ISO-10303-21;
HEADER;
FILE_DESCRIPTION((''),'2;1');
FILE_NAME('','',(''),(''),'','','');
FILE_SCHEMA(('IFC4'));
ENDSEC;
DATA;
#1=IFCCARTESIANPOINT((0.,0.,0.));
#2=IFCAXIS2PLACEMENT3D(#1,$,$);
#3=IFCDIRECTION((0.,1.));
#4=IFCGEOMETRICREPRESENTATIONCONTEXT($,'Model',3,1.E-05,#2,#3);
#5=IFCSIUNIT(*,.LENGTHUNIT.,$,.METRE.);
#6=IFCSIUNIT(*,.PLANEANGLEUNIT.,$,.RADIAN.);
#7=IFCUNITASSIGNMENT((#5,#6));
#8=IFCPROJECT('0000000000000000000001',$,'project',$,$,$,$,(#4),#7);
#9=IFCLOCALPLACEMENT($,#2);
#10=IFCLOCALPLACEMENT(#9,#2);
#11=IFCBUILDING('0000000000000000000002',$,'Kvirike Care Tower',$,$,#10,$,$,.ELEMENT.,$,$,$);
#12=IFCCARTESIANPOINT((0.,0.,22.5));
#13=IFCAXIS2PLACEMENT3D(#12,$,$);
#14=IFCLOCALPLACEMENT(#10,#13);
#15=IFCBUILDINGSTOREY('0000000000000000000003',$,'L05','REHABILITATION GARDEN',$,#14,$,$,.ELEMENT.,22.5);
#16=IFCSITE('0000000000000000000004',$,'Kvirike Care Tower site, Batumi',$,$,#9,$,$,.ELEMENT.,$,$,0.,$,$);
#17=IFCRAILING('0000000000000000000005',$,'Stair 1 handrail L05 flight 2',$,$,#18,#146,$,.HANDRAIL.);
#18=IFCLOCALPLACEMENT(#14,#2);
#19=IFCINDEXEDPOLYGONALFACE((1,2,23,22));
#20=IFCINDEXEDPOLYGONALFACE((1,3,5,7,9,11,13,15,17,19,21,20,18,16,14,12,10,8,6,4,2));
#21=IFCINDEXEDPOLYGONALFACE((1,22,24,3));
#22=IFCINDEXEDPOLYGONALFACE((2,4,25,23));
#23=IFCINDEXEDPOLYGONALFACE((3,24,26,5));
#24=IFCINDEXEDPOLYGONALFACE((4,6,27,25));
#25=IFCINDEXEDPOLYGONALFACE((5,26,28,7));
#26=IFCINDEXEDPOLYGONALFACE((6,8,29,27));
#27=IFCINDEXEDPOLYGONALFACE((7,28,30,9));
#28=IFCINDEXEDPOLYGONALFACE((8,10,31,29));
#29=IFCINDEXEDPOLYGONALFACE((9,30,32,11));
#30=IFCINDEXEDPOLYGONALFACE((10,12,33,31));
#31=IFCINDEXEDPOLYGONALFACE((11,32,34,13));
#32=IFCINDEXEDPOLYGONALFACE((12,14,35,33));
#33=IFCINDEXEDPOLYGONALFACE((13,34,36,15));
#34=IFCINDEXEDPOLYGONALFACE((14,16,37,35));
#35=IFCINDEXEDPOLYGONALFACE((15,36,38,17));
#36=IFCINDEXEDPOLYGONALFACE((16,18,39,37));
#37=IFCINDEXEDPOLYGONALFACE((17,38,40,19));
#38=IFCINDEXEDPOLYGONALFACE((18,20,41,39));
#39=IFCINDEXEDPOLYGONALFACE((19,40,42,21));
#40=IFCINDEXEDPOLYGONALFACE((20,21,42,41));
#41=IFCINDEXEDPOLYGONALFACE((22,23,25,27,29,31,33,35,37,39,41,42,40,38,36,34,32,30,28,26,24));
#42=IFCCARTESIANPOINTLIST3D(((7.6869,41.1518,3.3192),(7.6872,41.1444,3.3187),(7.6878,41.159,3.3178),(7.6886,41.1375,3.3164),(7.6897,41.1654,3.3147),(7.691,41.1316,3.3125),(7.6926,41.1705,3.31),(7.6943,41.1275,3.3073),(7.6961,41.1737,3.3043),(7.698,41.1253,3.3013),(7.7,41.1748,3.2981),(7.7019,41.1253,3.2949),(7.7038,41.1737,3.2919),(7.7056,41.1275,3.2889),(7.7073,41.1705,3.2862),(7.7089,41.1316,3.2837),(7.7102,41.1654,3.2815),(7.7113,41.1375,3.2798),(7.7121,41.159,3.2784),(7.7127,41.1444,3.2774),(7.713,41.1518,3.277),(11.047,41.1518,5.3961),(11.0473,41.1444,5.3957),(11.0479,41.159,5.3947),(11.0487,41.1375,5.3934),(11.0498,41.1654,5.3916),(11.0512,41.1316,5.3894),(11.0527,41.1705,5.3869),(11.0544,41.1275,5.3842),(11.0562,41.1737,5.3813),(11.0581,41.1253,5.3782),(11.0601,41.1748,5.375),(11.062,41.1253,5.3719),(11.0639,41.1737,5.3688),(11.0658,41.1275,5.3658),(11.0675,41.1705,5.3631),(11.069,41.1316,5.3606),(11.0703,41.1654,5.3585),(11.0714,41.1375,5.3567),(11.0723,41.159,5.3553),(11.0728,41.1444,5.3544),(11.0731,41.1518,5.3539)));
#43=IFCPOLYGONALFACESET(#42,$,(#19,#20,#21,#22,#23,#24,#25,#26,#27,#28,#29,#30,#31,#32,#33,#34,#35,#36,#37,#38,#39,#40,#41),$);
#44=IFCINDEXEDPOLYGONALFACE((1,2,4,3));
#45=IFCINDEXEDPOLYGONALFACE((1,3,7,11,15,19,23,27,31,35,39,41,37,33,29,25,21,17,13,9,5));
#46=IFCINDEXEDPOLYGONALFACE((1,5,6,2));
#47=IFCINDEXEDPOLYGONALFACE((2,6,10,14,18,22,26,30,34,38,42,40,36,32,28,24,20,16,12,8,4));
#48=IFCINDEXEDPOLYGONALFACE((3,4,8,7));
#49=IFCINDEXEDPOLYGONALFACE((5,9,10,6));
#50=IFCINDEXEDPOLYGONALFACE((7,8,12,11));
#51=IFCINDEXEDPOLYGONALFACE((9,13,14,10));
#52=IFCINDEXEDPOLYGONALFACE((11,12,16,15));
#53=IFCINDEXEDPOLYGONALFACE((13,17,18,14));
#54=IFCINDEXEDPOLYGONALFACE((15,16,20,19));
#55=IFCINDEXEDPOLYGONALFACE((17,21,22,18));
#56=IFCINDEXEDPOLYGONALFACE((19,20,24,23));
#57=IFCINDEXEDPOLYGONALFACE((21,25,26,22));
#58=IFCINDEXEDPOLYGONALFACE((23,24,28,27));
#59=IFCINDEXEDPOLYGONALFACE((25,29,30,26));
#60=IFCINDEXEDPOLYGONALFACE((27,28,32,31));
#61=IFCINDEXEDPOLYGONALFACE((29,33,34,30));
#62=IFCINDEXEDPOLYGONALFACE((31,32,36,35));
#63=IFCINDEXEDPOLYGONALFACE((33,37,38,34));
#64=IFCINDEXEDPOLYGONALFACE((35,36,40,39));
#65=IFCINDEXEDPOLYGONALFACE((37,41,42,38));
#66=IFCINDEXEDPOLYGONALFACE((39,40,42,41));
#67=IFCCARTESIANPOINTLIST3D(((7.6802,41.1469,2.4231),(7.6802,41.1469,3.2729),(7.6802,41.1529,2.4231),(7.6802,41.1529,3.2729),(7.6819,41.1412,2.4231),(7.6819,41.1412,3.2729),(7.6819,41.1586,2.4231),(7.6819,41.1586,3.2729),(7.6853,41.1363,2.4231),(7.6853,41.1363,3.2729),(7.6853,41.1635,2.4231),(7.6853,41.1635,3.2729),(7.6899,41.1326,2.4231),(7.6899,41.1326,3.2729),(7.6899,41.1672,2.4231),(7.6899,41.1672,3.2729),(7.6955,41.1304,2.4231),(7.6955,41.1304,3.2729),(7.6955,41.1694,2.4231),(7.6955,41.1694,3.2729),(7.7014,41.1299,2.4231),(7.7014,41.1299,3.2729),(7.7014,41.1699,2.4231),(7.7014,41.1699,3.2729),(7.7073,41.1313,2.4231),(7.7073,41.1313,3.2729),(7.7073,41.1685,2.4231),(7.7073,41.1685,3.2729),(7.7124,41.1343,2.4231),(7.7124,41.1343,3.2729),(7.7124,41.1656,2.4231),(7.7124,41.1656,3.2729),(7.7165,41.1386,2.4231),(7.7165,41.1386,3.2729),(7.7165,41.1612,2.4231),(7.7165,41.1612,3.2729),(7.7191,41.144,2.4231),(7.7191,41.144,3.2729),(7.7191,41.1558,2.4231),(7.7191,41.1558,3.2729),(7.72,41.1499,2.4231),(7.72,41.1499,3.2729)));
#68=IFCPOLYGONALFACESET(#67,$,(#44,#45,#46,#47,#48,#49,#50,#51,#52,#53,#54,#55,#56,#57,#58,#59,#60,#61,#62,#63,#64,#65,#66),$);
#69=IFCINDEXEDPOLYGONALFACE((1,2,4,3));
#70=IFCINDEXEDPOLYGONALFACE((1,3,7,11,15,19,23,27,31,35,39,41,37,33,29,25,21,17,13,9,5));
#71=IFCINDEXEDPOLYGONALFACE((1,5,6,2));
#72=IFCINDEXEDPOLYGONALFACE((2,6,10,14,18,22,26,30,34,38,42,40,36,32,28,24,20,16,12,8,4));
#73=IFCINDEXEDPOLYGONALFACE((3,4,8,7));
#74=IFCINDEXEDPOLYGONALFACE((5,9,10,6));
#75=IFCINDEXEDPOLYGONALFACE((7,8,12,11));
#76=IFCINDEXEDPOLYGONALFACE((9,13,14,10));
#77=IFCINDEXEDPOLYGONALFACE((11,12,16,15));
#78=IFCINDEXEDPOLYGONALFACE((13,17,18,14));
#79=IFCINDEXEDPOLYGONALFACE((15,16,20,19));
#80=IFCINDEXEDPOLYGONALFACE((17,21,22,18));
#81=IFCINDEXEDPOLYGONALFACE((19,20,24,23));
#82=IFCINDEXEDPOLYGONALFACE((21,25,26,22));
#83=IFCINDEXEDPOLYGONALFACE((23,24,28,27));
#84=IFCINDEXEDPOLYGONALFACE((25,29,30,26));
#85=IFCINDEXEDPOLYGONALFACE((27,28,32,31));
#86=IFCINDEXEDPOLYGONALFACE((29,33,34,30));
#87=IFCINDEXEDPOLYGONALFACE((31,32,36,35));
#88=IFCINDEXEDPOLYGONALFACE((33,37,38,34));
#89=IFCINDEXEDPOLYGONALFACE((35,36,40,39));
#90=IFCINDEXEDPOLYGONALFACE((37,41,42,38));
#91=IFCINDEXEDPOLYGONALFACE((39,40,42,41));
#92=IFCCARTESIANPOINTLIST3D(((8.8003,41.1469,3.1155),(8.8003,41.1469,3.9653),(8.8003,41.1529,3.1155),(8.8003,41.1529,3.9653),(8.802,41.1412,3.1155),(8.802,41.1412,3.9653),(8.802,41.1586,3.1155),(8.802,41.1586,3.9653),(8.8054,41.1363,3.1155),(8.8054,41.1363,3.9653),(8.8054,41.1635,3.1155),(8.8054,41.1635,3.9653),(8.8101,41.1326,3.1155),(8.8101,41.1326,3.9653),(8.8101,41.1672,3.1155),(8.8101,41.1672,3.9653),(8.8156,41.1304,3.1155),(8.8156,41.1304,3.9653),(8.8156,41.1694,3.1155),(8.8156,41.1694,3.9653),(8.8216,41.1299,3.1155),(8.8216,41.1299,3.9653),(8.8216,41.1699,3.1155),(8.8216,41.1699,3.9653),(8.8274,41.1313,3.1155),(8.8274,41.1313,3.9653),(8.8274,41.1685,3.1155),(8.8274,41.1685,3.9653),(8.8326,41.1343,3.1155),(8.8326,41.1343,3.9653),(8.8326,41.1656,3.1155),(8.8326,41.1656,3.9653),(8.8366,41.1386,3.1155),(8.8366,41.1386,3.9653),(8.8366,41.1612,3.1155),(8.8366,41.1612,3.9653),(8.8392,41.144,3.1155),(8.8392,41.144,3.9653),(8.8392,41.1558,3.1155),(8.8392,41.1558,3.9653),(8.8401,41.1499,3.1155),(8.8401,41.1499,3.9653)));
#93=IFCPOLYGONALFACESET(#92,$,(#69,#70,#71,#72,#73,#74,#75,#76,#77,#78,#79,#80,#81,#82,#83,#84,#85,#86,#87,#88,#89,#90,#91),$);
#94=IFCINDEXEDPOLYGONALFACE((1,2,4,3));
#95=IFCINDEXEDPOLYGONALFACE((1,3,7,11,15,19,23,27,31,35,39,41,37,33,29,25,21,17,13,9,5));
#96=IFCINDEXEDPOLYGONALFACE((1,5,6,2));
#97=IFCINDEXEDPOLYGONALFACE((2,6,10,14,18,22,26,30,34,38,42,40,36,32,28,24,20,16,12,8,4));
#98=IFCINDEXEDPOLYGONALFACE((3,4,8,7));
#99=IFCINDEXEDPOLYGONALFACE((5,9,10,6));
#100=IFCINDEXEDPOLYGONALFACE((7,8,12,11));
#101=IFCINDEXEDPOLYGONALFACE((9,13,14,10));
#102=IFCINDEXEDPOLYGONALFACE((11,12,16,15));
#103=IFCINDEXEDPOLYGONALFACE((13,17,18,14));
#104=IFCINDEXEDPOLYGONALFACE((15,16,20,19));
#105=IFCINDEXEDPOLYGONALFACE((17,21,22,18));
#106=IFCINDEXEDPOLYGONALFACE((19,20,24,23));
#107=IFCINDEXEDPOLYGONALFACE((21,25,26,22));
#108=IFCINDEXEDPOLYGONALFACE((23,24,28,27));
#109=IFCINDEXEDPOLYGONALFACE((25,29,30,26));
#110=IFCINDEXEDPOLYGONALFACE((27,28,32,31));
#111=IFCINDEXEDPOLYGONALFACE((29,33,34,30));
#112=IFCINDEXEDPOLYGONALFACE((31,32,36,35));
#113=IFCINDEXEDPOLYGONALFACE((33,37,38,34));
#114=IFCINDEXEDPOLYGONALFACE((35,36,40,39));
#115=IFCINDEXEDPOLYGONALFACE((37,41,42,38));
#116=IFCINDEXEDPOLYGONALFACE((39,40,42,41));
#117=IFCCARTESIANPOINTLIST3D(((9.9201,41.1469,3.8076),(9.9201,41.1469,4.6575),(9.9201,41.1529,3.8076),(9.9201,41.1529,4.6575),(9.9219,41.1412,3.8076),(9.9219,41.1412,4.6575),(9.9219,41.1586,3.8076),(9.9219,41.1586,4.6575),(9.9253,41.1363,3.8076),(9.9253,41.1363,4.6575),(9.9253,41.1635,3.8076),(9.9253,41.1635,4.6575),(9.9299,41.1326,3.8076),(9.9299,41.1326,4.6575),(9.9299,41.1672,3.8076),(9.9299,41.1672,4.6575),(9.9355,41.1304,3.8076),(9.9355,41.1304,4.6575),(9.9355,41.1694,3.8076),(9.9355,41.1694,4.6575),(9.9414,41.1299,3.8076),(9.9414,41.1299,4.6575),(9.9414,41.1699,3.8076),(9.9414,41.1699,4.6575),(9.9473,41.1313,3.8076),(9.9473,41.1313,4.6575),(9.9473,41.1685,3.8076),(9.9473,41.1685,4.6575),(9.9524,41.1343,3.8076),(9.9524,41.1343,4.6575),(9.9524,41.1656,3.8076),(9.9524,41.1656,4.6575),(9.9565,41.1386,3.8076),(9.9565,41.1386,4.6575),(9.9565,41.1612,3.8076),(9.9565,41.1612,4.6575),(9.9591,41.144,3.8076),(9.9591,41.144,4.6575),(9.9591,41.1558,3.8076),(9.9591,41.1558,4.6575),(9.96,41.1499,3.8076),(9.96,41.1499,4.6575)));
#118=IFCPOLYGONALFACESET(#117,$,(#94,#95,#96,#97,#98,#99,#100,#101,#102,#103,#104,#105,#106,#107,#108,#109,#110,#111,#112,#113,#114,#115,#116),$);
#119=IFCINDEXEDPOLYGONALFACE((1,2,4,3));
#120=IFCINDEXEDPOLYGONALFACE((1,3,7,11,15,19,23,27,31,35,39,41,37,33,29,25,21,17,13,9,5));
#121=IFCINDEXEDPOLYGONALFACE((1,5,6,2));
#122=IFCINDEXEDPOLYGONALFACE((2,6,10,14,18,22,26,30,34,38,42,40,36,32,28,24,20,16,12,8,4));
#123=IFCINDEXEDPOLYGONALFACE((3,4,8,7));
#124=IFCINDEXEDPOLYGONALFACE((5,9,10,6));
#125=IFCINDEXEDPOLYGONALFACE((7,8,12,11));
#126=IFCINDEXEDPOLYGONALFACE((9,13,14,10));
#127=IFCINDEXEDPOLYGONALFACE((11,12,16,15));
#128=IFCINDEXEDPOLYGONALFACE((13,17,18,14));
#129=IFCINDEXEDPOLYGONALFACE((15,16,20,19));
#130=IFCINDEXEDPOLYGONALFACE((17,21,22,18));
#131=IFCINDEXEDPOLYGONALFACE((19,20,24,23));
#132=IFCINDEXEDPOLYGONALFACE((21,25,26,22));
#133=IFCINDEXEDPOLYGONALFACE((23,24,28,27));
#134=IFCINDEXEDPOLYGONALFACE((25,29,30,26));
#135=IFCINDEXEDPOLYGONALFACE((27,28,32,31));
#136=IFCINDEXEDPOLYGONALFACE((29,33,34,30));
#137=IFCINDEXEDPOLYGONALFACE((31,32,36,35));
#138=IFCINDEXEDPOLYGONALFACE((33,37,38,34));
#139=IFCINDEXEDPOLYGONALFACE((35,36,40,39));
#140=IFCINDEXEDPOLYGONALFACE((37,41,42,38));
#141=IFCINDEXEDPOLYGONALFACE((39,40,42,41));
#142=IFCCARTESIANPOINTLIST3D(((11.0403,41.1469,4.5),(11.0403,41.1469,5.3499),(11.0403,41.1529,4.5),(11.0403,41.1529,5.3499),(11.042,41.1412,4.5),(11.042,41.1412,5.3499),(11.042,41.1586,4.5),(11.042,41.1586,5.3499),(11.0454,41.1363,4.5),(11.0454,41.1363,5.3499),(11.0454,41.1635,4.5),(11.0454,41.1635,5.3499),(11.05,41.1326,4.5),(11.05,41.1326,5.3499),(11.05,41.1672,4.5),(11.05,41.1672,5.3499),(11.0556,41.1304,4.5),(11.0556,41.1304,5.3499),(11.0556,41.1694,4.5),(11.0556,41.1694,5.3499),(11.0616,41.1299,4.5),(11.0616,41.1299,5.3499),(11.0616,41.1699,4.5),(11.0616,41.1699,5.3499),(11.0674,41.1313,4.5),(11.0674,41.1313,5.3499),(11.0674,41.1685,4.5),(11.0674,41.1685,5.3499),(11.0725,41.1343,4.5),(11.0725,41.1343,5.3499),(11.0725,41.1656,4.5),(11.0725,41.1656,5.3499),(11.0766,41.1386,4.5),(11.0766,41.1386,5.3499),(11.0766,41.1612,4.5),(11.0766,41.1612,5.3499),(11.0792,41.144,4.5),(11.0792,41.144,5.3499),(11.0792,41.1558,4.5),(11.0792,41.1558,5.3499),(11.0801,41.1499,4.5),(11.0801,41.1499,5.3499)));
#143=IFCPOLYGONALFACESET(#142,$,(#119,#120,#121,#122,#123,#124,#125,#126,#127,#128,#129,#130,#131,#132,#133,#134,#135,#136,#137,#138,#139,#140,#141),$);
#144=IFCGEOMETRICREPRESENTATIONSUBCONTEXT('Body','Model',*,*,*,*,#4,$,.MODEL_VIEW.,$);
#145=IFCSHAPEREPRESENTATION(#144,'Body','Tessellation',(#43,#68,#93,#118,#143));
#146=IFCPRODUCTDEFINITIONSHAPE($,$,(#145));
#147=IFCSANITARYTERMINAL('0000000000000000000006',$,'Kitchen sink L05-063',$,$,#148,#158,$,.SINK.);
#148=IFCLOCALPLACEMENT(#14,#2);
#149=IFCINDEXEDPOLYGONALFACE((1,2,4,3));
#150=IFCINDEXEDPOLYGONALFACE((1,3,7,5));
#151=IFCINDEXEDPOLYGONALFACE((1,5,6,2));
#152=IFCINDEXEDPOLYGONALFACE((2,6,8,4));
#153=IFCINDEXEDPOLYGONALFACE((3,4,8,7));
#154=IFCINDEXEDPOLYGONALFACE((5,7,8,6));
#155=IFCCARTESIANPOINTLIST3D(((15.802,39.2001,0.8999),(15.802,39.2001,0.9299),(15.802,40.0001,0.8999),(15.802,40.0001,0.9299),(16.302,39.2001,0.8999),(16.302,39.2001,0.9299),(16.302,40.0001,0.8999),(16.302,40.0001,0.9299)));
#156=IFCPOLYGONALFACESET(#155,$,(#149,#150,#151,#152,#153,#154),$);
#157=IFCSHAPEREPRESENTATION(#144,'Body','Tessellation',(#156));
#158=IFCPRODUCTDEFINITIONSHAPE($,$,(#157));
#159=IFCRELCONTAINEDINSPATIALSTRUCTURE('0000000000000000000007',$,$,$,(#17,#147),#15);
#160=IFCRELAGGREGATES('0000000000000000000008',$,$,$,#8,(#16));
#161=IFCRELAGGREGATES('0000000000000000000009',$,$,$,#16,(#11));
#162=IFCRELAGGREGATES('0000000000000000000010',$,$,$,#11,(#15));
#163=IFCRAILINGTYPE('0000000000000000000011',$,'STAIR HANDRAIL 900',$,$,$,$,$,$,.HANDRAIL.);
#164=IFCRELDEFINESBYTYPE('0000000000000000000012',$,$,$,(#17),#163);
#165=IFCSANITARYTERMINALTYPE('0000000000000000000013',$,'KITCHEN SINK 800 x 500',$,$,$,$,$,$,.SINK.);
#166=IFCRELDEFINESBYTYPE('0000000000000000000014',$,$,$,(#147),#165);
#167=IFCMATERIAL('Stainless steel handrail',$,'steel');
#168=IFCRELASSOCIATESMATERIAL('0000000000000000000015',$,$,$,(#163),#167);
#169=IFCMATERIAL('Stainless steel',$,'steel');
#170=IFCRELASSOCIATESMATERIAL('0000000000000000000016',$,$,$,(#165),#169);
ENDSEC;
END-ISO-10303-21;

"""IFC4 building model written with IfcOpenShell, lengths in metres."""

from ifc_helpers import new_model, si_unit, direction, frame, origin, origin_2d, place, context, subcontext, project, spatial, rectangle, circle, extrude, material, type_object, element, save


model = new_model("IFC4")

# Units and contexts
model_context = context("Model", 3, precision=1e-05, world=origin(), true_north=direction((0.0, 1.0)))
body_context = subcontext(model_context, "Body", "Model", "MODEL_VIEW")
ifc_project = project(units=[si_unit("LENGTHUNIT", "METRE"), si_unit("PLANEANGLEUNIT", "RADIAN")], contexts=[model_context])

# Site, building, storey
site_placement = place(None, origin())
site = spatial("IfcSite", under=ifc_project, at=site_placement, Name="Kvirike Care Tower site, Batumi", CompositionType="ELEMENT", RefElevation=0.0)
building_placement = place(site_placement, origin())
building = spatial("IfcBuilding", under=site, at=building_placement, Name="Kvirike Care Tower", CompositionType="ELEMENT")
storey_placement = place(building_placement, frame((0.0, 0.0, 22.5)))
storey = spatial("IfcBuildingStorey", under=building, at=storey_placement, Name="L05", Description="REHABILITATION GARDEN", CompositionType="ELEMENT", Elevation=22.5)

# Railing
ifc_material_1 = material(Name="Stainless steel handrail", Category="steel")
railing_type = type_object("IfcRailingType", Name="STAIR HANDRAIL 900", PredefinedType="HANDRAIL", material=ifc_material_1)
railing_1_placement = place(storey_placement, frame((7.7, 41.1499, 2.4231)))
element("IfcRailing", 1, at=railing_1_placement, inside=storey, type_object=railing_type, Name="Stair 1 handrail L05 flight 2", PredefinedType="HANDRAIL", context=body_context, shape_type="SweptSolid", body=[
    extrude(circle(Radius=0.0249, at=origin_2d()), frame((0.0, 0.0, 0.875), z_axis=(0.850623, 0.0, 0.525776), x_axis=(0.0, 1.0, 0.0)), (0.0, 0.0, 1.0), 3.9502),
    extrude(circle(Radius=0.02, at=origin_2d()), origin(), (0.0, 0.0, 1.0), 0.8499),
    extrude(circle(Radius=0.02, at=origin_2d()), frame((1.1201, 0.0, 0.6924)), (0.0, 0.0, 1.0), 0.8499),
    extrude(circle(Radius=0.02, at=origin_2d()), frame((2.24, 0.0, 1.3845)), (0.0, 0.0, 1.0), 0.8499),
    extrude(circle(Radius=0.02, at=origin_2d()), frame((3.3601, 0.0, 2.0769)), (0.0, 0.0, 1.0), 0.8499),
])

# Sanitary terminal
ifc_material_2 = material(Name="Stainless steel", Category="steel")
sanitary_terminal_type = type_object("IfcSanitaryTerminalType", Name="KITCHEN SINK 800 x 500", PredefinedType="SINK", material=ifc_material_2)
sanitary_terminal_placement = place(storey_placement, frame((16.052, 39.6001, 0.8999), z_axis=(0.0, 0.0, 1.0), x_axis=(0.0, 1.0, 0.0)))
element("IfcSanitaryTerminal", 2, at=sanitary_terminal_placement, inside=storey, type_object=sanitary_terminal_type, Name="Kitchen sink L05-063", PredefinedType="SINK", context=body_context, shape_type="SweptSolid", body=[
    extrude(rectangle(XDim=0.8, YDim=0.5, at=origin_2d()), origin(), (0.0, 0.0, 1.0), 0.03),
])

save(model, "model.ifc")
